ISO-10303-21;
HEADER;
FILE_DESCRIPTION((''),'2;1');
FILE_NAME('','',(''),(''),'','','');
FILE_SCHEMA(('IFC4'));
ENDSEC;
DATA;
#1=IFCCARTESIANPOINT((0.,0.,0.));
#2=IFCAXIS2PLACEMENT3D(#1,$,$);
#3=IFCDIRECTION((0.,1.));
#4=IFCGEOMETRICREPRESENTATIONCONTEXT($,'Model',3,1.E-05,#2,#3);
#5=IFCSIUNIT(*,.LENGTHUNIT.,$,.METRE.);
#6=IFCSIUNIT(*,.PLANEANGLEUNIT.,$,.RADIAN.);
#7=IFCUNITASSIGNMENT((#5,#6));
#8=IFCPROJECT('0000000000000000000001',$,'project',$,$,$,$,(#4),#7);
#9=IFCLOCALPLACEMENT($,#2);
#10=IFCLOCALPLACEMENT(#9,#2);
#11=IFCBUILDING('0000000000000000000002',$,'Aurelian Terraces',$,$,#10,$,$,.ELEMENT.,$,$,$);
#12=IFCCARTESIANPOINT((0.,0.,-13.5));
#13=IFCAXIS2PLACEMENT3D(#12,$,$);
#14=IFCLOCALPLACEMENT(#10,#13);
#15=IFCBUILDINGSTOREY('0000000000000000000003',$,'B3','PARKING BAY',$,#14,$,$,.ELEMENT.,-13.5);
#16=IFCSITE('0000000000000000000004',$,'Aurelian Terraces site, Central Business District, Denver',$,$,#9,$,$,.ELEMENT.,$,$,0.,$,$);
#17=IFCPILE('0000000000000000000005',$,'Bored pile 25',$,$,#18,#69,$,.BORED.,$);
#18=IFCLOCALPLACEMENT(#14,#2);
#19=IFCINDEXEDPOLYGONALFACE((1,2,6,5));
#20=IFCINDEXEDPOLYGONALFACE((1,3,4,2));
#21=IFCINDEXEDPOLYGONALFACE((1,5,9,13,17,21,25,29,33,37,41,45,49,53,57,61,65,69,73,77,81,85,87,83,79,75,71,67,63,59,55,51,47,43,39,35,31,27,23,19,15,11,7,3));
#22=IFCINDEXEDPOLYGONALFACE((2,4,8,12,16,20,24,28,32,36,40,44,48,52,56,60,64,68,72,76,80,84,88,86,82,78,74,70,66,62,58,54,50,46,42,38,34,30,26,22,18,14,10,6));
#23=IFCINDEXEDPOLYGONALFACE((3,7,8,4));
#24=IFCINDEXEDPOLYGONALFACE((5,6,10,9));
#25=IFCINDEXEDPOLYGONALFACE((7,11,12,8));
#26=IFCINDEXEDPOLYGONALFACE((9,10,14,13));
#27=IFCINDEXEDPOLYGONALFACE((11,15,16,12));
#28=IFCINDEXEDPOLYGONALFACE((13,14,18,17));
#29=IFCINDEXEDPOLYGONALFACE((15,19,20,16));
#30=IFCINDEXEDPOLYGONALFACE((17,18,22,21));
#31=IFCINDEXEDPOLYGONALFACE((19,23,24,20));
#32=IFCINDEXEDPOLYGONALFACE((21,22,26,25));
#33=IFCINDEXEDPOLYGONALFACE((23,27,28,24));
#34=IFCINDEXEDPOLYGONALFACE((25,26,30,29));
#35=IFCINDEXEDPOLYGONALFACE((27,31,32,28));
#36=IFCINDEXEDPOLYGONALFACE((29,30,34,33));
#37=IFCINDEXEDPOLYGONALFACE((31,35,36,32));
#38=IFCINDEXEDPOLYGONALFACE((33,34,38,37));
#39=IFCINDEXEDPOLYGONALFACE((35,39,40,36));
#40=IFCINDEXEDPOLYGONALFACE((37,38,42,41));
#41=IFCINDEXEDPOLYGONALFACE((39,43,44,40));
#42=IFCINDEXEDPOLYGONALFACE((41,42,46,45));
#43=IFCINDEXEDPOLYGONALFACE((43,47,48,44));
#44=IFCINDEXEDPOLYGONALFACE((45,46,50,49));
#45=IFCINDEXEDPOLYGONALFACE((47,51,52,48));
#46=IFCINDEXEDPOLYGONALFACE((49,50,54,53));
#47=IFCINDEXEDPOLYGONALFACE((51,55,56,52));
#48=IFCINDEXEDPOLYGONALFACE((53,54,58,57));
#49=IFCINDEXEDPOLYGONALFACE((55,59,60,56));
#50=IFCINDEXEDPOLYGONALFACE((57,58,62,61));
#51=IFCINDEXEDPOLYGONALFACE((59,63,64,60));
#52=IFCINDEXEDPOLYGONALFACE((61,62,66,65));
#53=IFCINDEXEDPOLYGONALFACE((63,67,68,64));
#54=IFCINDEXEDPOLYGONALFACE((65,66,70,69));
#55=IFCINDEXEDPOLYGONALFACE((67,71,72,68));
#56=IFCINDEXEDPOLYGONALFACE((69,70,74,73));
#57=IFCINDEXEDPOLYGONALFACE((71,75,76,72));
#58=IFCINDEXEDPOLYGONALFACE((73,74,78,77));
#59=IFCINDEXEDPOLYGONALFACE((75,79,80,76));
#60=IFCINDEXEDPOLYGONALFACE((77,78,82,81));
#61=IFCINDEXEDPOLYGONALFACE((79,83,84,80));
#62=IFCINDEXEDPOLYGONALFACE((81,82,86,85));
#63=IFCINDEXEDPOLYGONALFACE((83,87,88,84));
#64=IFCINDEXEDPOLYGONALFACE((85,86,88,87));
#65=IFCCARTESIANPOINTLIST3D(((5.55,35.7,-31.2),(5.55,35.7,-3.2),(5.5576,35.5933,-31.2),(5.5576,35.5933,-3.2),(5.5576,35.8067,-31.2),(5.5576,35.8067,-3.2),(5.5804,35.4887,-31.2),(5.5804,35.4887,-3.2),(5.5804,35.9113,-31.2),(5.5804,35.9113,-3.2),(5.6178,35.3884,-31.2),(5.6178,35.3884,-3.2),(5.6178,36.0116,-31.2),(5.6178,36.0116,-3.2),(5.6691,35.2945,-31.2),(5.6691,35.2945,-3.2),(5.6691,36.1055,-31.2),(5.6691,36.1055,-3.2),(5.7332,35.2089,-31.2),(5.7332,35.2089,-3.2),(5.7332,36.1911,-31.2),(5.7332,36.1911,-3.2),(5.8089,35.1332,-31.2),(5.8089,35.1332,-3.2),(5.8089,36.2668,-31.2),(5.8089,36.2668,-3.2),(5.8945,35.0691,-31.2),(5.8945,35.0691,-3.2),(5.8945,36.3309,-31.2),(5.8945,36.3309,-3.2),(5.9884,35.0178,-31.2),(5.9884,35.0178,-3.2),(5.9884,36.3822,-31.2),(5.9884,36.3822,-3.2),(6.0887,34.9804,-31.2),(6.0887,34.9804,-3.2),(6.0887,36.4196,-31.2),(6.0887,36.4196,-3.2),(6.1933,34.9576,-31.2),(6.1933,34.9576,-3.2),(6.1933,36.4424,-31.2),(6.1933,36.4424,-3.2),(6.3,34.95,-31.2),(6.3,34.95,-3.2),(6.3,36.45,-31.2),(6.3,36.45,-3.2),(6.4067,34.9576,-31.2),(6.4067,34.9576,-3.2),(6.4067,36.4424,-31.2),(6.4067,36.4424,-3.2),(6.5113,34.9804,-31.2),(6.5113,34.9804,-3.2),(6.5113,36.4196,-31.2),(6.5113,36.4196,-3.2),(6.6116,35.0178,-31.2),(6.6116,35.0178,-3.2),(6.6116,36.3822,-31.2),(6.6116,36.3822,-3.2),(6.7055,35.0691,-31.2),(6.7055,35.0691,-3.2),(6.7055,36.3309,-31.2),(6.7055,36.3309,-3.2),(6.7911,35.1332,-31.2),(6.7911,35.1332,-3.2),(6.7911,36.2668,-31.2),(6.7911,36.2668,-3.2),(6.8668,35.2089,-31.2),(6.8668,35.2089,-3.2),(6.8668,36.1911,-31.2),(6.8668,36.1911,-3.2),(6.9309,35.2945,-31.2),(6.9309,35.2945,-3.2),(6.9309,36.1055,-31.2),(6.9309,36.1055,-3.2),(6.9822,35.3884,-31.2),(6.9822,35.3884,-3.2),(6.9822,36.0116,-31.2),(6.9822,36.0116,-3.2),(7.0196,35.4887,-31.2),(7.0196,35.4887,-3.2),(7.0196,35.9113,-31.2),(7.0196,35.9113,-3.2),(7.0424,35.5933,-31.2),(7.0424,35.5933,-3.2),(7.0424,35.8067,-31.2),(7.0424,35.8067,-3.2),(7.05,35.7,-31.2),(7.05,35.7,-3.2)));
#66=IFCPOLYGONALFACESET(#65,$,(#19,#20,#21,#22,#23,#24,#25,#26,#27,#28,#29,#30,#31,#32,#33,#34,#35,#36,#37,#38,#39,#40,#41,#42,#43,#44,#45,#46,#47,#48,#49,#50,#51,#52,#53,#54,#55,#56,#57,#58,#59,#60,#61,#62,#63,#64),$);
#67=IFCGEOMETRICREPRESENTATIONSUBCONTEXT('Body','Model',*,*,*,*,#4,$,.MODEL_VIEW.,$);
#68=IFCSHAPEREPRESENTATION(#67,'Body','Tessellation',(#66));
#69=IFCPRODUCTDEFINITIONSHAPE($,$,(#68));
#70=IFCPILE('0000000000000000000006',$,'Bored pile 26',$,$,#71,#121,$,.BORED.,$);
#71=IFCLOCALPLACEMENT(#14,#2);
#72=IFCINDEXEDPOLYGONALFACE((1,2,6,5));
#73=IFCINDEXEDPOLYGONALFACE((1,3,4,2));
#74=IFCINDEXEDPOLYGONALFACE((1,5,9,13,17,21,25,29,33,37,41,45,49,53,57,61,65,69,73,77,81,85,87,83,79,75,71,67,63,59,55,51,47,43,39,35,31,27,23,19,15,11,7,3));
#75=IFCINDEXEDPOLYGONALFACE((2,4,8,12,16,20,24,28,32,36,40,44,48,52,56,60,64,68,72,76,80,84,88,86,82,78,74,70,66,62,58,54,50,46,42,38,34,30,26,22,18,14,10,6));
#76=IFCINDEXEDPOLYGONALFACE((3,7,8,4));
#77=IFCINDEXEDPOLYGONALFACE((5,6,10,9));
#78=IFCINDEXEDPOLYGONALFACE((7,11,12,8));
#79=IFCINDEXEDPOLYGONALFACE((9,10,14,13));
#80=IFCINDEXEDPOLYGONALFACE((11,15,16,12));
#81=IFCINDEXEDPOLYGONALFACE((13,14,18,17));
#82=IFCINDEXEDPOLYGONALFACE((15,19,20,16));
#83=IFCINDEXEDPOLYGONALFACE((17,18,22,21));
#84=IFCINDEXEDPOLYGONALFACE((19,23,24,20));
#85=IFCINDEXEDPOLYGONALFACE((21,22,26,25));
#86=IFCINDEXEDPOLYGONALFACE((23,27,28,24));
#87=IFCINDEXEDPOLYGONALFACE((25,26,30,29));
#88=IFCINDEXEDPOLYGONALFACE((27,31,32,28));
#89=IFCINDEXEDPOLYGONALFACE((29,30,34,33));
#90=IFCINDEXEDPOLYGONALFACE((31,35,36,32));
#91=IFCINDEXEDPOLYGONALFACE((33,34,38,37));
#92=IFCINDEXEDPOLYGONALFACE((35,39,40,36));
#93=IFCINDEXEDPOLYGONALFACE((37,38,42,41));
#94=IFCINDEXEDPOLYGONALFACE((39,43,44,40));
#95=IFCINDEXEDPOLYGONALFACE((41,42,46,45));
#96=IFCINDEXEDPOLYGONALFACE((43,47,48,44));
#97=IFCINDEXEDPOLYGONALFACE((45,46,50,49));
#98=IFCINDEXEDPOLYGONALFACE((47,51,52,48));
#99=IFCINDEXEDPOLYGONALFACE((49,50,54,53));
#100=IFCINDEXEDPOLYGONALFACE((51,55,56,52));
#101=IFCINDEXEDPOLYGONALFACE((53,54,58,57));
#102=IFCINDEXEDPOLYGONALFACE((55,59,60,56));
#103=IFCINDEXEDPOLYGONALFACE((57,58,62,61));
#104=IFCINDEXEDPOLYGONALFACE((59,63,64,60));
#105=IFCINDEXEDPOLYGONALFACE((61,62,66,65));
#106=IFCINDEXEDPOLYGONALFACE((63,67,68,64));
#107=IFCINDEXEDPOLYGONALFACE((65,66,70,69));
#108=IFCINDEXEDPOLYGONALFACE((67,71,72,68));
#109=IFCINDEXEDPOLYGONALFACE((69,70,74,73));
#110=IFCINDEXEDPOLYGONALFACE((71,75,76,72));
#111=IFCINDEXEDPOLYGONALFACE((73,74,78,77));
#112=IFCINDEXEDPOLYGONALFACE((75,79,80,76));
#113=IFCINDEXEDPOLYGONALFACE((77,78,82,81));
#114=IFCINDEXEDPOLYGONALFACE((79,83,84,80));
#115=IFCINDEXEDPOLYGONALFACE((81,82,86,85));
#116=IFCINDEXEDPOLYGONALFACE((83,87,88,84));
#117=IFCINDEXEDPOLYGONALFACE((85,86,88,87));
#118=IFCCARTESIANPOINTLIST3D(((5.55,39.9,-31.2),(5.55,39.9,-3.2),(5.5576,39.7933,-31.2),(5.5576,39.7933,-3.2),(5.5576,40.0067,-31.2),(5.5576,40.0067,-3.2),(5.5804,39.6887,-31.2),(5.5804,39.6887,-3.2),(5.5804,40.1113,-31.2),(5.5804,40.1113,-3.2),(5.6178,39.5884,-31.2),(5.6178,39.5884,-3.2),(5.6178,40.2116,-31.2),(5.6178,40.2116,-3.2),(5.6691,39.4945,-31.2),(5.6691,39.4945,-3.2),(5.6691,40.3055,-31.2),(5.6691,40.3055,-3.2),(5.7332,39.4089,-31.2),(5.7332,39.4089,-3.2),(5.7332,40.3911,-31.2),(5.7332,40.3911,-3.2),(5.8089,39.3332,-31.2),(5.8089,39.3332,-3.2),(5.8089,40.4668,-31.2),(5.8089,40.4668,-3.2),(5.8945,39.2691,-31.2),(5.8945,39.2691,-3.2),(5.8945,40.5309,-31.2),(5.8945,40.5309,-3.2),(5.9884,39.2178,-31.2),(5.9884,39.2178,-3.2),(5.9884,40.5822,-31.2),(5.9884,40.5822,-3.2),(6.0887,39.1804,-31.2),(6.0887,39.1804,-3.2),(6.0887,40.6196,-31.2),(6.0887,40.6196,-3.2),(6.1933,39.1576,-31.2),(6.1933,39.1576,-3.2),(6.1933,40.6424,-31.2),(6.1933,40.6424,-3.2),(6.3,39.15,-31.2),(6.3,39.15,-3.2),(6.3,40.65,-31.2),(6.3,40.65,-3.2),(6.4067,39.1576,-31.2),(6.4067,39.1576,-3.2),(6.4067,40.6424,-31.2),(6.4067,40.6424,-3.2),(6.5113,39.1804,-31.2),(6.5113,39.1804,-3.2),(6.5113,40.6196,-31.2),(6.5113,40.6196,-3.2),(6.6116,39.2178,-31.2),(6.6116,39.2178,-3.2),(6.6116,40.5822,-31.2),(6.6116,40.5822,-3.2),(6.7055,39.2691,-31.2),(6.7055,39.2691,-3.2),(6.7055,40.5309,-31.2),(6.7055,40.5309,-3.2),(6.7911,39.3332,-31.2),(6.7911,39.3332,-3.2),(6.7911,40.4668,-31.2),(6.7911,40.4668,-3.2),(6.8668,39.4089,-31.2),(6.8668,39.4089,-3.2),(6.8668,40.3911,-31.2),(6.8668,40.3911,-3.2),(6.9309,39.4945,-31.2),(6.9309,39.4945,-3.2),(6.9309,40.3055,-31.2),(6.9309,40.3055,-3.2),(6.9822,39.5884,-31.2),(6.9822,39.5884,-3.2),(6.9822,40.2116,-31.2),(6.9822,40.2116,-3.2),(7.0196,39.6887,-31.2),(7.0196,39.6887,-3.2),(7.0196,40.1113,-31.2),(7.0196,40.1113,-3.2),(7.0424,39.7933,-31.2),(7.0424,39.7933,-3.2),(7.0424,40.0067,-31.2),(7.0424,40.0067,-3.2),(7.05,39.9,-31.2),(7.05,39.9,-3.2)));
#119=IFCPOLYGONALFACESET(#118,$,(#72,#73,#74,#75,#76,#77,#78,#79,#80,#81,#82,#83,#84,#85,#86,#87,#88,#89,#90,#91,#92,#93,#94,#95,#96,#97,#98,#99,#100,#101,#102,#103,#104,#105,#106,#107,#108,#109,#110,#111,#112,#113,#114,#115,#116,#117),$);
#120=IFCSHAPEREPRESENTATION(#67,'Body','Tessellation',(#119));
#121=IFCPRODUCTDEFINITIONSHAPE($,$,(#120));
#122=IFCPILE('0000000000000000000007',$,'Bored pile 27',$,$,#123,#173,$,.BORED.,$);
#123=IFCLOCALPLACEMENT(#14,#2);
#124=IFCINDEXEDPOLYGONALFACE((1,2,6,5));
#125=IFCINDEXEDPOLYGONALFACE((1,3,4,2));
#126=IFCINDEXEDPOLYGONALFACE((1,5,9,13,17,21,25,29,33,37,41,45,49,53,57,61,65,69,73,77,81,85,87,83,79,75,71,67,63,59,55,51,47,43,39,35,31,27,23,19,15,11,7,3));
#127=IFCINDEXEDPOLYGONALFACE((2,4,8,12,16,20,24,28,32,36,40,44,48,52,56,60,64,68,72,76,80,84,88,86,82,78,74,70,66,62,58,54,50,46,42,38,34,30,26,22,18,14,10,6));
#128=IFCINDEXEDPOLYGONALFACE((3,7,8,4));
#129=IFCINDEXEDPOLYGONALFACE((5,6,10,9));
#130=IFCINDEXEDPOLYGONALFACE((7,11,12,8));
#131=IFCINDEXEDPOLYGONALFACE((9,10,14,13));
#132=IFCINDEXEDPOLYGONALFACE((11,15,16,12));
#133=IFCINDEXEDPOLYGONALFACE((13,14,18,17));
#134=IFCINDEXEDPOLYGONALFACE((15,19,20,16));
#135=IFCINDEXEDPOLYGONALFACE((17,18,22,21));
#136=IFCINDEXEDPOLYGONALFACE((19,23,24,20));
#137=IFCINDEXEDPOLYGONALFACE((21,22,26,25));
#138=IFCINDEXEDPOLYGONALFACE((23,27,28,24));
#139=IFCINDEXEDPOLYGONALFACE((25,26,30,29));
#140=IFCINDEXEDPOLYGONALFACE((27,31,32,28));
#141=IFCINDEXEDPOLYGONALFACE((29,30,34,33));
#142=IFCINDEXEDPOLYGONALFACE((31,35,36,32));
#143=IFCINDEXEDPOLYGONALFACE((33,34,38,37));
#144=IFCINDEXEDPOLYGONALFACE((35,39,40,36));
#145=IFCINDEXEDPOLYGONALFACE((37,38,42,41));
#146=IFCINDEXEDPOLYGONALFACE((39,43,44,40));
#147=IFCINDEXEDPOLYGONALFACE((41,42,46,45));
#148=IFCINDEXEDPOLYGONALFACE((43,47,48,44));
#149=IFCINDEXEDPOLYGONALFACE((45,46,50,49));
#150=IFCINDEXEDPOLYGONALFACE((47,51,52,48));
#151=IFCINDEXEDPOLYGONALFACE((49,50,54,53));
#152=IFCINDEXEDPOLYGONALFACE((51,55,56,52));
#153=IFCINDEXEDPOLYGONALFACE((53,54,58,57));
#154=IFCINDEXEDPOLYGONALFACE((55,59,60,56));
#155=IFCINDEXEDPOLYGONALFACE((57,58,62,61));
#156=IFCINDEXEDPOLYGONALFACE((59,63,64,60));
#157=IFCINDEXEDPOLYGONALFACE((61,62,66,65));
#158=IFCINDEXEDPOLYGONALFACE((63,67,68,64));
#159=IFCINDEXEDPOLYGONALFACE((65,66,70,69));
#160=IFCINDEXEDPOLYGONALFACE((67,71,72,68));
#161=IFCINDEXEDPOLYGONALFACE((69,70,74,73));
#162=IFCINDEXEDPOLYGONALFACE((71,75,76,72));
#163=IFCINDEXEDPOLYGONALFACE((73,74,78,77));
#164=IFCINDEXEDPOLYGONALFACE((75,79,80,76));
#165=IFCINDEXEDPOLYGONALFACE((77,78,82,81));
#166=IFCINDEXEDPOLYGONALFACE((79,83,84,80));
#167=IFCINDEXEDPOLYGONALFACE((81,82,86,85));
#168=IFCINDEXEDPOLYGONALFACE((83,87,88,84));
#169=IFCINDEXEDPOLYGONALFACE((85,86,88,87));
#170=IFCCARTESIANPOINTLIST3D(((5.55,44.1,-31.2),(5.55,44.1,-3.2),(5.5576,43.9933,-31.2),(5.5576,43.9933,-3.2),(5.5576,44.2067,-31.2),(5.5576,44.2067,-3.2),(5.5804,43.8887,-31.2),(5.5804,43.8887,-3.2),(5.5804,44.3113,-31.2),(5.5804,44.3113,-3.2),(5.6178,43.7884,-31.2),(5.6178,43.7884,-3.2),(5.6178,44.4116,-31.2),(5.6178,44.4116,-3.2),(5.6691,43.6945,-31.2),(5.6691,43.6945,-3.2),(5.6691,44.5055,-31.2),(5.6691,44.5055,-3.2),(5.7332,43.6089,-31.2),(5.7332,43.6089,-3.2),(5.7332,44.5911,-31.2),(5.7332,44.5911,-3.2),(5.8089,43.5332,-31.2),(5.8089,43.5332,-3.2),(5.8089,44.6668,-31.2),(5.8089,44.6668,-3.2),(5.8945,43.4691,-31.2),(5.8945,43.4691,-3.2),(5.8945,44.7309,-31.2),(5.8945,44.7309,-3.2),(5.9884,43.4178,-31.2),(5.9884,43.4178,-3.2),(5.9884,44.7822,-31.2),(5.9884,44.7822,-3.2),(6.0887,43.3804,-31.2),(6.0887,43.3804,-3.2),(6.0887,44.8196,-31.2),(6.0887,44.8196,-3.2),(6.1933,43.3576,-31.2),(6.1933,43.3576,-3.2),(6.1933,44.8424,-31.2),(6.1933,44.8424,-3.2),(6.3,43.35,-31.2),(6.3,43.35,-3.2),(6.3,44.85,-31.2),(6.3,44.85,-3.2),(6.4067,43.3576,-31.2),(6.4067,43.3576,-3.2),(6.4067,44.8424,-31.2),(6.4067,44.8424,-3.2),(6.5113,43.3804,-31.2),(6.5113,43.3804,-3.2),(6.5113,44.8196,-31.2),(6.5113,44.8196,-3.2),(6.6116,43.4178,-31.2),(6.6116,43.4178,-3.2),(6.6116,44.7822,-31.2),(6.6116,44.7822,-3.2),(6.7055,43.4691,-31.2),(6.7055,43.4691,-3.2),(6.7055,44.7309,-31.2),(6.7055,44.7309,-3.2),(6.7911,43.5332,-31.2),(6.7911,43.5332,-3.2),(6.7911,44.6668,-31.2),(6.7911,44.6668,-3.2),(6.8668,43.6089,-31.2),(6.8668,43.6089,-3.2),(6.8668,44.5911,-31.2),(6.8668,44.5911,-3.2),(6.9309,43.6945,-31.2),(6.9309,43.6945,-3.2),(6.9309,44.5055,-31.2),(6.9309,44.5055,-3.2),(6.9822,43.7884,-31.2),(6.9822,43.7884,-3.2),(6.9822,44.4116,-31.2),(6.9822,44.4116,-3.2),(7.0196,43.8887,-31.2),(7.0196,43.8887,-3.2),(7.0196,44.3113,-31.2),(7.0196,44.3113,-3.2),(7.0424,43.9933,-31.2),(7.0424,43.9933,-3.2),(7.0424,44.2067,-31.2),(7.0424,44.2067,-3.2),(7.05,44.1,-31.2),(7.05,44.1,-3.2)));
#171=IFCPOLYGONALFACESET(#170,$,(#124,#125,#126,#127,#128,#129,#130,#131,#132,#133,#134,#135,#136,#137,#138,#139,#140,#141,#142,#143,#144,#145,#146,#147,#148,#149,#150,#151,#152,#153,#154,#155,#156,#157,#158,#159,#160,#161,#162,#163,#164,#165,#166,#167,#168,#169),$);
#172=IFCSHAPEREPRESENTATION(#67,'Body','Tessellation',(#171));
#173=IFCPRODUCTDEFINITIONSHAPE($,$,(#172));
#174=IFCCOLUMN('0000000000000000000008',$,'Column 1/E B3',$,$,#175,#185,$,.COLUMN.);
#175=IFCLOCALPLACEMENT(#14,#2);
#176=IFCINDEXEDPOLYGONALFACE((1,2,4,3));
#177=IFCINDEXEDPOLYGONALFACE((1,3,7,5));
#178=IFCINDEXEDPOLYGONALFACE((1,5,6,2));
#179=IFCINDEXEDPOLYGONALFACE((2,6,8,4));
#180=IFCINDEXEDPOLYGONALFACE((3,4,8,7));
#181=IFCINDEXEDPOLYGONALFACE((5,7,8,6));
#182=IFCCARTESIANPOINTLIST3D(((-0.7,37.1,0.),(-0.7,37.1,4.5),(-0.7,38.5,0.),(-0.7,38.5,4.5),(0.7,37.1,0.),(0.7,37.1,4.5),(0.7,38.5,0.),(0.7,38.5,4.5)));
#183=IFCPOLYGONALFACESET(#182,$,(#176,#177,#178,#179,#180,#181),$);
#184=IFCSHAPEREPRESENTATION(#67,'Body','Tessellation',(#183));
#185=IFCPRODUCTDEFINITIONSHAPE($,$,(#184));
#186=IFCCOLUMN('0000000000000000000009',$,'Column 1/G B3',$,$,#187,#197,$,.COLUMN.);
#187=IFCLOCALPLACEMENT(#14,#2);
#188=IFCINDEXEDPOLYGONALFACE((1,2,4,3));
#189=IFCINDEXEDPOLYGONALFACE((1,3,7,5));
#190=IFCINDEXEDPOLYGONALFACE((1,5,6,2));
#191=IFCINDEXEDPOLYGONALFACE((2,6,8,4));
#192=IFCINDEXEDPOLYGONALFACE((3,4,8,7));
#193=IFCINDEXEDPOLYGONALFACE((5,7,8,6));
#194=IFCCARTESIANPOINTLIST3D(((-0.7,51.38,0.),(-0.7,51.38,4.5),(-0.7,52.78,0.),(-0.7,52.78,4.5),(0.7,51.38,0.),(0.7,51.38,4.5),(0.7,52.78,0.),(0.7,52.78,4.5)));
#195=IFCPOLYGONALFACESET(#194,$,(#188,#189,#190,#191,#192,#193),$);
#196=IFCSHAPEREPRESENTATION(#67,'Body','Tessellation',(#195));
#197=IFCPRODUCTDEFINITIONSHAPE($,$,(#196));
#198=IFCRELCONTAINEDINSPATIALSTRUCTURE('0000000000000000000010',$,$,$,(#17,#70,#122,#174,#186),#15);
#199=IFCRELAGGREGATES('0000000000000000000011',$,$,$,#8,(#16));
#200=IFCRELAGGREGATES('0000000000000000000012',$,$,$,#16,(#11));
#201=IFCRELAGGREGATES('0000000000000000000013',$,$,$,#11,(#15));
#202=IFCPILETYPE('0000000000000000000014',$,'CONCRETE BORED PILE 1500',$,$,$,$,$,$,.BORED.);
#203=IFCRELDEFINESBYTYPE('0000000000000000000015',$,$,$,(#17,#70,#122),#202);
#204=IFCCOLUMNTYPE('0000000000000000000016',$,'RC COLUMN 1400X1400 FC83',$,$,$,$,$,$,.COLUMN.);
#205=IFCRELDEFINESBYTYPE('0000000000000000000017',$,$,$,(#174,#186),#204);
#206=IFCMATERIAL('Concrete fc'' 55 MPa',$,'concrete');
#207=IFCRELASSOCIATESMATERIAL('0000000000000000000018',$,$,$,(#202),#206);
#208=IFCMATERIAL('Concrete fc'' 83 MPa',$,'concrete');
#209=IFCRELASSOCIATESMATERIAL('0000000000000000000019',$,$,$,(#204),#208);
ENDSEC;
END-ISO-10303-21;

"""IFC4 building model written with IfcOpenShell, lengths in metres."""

from ifc_helpers import new_model, si_unit, direction, frame, origin, origin_2d, place, context, subcontext, project, spatial, rectangle, circle, extrude, source, transform, mapped, material, material_profile, profile_set, type_object, element, save


model = new_model("IFC4")

# Units and contexts
model_context = context("Model", 3, precision=1e-05, world=origin(), true_north=direction((0.0, 1.0)))
body_context = subcontext(model_context, "Body", "Model", "MODEL_VIEW")
ifc_project = project(units=[si_unit("LENGTHUNIT", "METRE"), si_unit("PLANEANGLEUNIT", "RADIAN")], contexts=[model_context])

# Site, building, storey
site_placement = place(None, origin())
site = spatial("IfcSite", under=ifc_project, at=site_placement, Name="Aurelian Terraces site, Central Business District, Denver", CompositionType="ELEMENT", RefElevation=0.0)
building_placement = place(site_placement, origin())
building = spatial("IfcBuilding", under=site, at=building_placement, Name="Aurelian Terraces", CompositionType="ELEMENT")
storey_placement = place(building_placement, frame((0.0, 0.0, -13.5)))
storey = spatial("IfcBuildingStorey", under=building, at=storey_placement, Name="B3", Description="PARKING BAY", CompositionType="ELEMENT", Elevation=-13.5)

# Piles
ifc_material_1 = material(Name="Concrete fc' 55 MPa", Category="concrete")
ifc_material_profile_1 = material_profile(ifc_material_1, circle(Radius=0.75, at=origin_2d()))
ifc_profile_set_1 = profile_set([ifc_material_profile_1], Name="Concrete fc' 55 MPa")
pile_type = type_object("IfcPileType", Name="CONCRETE BORED PILE 1500", PredefinedType="BORED", material=ifc_profile_set_1)
shared_shape_1 = source(origin(), body_context, "Body", "SweptSolid", [
    extrude(circle(Radius=0.75, at=origin_2d()), origin(), (0.0, 0.0, 1.0), 28.0),
])
for number, where, z_axis, x_axis, name in (
    (1, (6.3, 35.7, -3.2), (0.0, 0.0, -1.0), (1.0, 0.0, 0.0), "Bored pile 25"),
    (2, (6.3, 39.9, -3.2), (0.0, 0.0, -1.0), (1.0, 0.0, 0.0), "Bored pile 26"),
    (3, (6.3, 44.1, -3.2), (0.0, 0.0, -1.0), (1.0, 0.0, 0.0), "Bored pile 27"),
):
    element("IfcPile", number, at=place(storey_placement, frame(where, z_axis=z_axis, x_axis=x_axis)), inside=storey, type_object=pile_type, Name=name, PredefinedType="BORED", context=body_context, shape_type="MappedRepresentation", body=[
        mapped(shared_shape_1, transform((0.0, 0.0, 0.0), scale=1.0)),
    ])

# Columns
ifc_material_2 = material(Name="Concrete fc' 83 MPa", Category="concrete")
ifc_material_profile_2 = material_profile(ifc_material_2, rectangle(XDim=1.4, YDim=1.4, at=origin_2d()))
ifc_profile_set_2 = profile_set([ifc_material_profile_2], Name="Concrete fc' 83 MPa")
column_type = type_object("IfcColumnType", Name="RC COLUMN 1400X1400 FC83", PredefinedType="COLUMN", material=ifc_profile_set_2)
shared_shape_2 = source(origin(), body_context, "Body", "SweptSolid", [
    extrude(rectangle(XDim=1.4, YDim=1.4, at=origin_2d()), origin(), (0.0, 0.0, 1.0), 4.5),
])
for number, where, z_axis, x_axis, name in (
    (4, (0.0, 37.8, 0.0), (0.0, 0.0, 1.0), (1.0, 0.0, 0.0), "Column 1/E B3"),
    (5, (0.0, 52.08, 0.0), (0.0, 0.0, 1.0), (1.0, 0.0, 0.0), "Column 1/G B3"),
):
    element("IfcColumn", number, at=place(storey_placement, frame(where, z_axis=z_axis, x_axis=x_axis)), inside=storey, type_object=column_type, Name=name, PredefinedType="COLUMN", context=body_context, shape_type="MappedRepresentation", body=[
        mapped(shared_shape_2, transform((0.0, 0.0, 0.0), scale=1.0)),
    ])

save(model, "model.ifc")
